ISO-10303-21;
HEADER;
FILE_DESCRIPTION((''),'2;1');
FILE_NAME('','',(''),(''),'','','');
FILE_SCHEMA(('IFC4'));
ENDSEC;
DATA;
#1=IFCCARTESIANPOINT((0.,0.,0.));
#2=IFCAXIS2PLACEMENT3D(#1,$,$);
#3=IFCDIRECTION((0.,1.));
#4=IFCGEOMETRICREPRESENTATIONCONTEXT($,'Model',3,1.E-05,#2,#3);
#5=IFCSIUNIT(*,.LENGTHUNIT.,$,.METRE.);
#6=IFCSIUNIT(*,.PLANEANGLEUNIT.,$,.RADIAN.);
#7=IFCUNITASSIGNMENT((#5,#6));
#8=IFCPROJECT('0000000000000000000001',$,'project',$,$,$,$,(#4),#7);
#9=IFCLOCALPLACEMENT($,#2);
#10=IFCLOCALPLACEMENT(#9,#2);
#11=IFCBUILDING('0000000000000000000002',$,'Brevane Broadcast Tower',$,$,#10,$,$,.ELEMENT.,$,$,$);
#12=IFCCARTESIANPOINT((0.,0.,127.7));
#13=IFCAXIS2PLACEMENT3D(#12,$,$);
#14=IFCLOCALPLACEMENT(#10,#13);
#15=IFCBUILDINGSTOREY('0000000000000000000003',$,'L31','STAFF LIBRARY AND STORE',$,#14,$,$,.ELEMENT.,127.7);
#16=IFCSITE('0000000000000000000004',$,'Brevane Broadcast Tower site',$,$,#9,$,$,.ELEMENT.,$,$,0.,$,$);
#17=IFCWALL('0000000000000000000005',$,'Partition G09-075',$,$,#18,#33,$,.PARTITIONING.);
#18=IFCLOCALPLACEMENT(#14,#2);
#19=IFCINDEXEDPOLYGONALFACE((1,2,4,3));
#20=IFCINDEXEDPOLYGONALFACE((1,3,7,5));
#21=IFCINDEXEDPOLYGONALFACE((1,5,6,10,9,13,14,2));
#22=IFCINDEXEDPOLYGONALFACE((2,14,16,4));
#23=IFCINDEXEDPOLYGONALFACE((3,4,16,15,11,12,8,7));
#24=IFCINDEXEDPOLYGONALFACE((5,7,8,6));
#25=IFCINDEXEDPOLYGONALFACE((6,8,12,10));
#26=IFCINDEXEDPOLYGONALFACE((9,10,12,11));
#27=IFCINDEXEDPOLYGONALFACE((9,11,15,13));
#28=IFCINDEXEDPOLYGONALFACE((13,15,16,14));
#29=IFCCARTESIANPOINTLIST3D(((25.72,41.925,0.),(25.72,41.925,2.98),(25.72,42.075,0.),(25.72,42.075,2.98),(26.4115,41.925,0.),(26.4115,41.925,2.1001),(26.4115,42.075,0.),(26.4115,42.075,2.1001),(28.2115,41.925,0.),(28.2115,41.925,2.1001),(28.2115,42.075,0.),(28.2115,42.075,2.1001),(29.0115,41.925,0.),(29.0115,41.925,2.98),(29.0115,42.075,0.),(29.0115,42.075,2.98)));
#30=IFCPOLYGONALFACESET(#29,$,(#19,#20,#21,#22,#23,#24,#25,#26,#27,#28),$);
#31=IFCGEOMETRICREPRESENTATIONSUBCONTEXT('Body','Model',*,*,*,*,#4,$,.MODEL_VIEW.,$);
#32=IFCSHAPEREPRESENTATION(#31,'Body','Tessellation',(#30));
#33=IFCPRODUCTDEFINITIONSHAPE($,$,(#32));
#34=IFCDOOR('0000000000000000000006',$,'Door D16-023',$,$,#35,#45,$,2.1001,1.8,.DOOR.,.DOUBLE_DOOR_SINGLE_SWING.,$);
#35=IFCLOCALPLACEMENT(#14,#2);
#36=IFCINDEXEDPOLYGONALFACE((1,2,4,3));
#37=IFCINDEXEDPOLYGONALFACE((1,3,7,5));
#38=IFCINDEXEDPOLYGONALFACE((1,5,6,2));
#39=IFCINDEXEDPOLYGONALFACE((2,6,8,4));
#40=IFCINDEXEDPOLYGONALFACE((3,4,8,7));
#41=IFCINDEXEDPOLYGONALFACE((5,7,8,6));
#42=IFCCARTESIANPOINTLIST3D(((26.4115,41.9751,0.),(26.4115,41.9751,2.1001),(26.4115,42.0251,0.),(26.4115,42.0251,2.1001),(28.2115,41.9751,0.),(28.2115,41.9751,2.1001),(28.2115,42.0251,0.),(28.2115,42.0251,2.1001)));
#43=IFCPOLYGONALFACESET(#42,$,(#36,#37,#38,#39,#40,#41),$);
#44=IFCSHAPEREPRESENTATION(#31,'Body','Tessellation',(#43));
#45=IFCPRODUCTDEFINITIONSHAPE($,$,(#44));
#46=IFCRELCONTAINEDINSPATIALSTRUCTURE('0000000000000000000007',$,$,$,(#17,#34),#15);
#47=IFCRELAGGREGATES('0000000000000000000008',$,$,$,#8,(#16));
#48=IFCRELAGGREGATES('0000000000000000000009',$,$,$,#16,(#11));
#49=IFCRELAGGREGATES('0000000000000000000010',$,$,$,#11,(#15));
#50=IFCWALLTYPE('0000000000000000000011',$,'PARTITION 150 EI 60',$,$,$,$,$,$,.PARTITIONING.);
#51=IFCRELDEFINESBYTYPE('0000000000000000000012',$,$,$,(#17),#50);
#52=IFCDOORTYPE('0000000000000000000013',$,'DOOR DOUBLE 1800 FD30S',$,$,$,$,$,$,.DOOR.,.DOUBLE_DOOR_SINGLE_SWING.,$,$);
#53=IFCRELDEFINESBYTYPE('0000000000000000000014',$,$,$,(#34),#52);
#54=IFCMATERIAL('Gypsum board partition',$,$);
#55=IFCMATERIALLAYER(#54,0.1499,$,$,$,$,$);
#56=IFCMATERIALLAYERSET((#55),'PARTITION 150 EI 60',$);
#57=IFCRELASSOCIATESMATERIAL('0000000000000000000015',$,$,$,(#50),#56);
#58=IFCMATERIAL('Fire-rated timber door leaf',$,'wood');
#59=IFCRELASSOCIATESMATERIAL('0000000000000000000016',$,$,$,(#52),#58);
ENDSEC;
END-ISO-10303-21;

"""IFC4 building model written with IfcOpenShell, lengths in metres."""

from ifc_helpers import new_model, si_unit, direction, frame, frame_2d, origin, place, context, subcontext, project, spatial, rectangle, extrude, material, layer, layer_set, type_object, element, fill, save


model = new_model("IFC4")

# Units and contexts
model_context = context("Model", 3, precision=1e-05, world=origin(), true_north=direction((0.0, 1.0)))
body_context = subcontext(model_context, "Body", "Model", "MODEL_VIEW")
ifc_project = project(units=[si_unit("LENGTHUNIT", "METRE"), si_unit("PLANEANGLEUNIT", "RADIAN")], contexts=[model_context])

# Site, building, storey
site_placement = place(None, origin())
site = spatial("IfcSite", under=ifc_project, at=site_placement, Name="Brevane Broadcast Tower site", CompositionType="ELEMENT", RefElevation=0.0)
building_placement = place(site_placement, origin())
building = spatial("IfcBuilding", under=site, at=building_placement, Name="Brevane Broadcast Tower", CompositionType="ELEMENT")
storey_placement = place(building_placement, frame((0.0, 0.0, 127.7)))
storey = spatial("IfcBuildingStorey", under=building, at=storey_placement, Name="L31", Description="STAFF LIBRARY AND STORE", CompositionType="ELEMENT", Elevation=127.7)

# Shared definitions
ifc_material_1 = material(Name="Gypsum board partition")

# Wall, opening, door
ifc_layer_1 = layer(ifc_material_1, 0.1499)
ifc_layer_set_1 = layer_set([ifc_layer_1], Name="PARTITION 150 EI 60")
wall_type_1 = type_object("IfcWallType", Name="PARTITION 150 EI 60", PredefinedType="PARTITIONING", material=ifc_layer_set_1)
wall_1_placement = place(storey_placement, frame((29.0115, 42.0, 0.0), z_axis=(0.0, 0.0, 1.0), x_axis=(-1.0, 0.0, 0.0)))
wall_1 = element("IfcWall", 1, at=wall_1_placement, inside=storey, type_object=wall_type_1, Name="Partition G09-075", PredefinedType="PARTITIONING", context=body_context, shape_type="SweptSolid", body=[
    extrude(rectangle(XDim=3.2915, YDim=0.1499, at=frame_2d((1.6458, 0.0))), origin(), (0.0, 0.0, 1.0), 2.98),
])
opening_placement = place(wall_1_placement, frame((0.8, 0.0, 0.0)))
opening = element("IfcOpeningElement", 2, at=opening_placement, cuts=wall_1, PredefinedType="OPENING", context=body_context, shape_type="SweptSolid", body=[
    extrude(rectangle(XDim=1.8, YDim=2.1001, at=frame_2d((0.8999, 1.05))), frame((0.0, 0.085, 0.0), z_axis=(0.0, -1.0, 0.0), x_axis=(1.0, 0.0, 0.0)), (0.0, 0.0, 1.0), 0.1699),
])
ifc_material_2 = material(Name="Fire-rated timber door leaf", Category="wood")
door_type = type_object("IfcDoorType", Name="DOOR DOUBLE 1800 FD30S", OperationType="DOUBLE_DOOR_SINGLE_SWING", PredefinedType="DOOR", material=ifc_material_2)
door_placement = place(opening_placement, origin())
door = element("IfcDoor", 3, at=door_placement, inside=storey, type_object=door_type, Name="Door D16-023", OperationType="DOUBLE_DOOR_SINGLE_SWING", OverallHeight=2.1001, OverallWidth=1.8, PredefinedType="DOOR", context=body_context, shape_type="SweptSolid", body=[
    extrude(rectangle(XDim=1.8, YDim=2.1001, at=frame_2d((0.8999, 1.05))), frame((0.0, 0.0249, 0.0), z_axis=(0.0, -1.0, 0.0), x_axis=(1.0, 0.0, 0.0)), (0.0, 0.0, 1.0), 0.05),
])
fill(opening, door)

save(model, "model.ifc")
